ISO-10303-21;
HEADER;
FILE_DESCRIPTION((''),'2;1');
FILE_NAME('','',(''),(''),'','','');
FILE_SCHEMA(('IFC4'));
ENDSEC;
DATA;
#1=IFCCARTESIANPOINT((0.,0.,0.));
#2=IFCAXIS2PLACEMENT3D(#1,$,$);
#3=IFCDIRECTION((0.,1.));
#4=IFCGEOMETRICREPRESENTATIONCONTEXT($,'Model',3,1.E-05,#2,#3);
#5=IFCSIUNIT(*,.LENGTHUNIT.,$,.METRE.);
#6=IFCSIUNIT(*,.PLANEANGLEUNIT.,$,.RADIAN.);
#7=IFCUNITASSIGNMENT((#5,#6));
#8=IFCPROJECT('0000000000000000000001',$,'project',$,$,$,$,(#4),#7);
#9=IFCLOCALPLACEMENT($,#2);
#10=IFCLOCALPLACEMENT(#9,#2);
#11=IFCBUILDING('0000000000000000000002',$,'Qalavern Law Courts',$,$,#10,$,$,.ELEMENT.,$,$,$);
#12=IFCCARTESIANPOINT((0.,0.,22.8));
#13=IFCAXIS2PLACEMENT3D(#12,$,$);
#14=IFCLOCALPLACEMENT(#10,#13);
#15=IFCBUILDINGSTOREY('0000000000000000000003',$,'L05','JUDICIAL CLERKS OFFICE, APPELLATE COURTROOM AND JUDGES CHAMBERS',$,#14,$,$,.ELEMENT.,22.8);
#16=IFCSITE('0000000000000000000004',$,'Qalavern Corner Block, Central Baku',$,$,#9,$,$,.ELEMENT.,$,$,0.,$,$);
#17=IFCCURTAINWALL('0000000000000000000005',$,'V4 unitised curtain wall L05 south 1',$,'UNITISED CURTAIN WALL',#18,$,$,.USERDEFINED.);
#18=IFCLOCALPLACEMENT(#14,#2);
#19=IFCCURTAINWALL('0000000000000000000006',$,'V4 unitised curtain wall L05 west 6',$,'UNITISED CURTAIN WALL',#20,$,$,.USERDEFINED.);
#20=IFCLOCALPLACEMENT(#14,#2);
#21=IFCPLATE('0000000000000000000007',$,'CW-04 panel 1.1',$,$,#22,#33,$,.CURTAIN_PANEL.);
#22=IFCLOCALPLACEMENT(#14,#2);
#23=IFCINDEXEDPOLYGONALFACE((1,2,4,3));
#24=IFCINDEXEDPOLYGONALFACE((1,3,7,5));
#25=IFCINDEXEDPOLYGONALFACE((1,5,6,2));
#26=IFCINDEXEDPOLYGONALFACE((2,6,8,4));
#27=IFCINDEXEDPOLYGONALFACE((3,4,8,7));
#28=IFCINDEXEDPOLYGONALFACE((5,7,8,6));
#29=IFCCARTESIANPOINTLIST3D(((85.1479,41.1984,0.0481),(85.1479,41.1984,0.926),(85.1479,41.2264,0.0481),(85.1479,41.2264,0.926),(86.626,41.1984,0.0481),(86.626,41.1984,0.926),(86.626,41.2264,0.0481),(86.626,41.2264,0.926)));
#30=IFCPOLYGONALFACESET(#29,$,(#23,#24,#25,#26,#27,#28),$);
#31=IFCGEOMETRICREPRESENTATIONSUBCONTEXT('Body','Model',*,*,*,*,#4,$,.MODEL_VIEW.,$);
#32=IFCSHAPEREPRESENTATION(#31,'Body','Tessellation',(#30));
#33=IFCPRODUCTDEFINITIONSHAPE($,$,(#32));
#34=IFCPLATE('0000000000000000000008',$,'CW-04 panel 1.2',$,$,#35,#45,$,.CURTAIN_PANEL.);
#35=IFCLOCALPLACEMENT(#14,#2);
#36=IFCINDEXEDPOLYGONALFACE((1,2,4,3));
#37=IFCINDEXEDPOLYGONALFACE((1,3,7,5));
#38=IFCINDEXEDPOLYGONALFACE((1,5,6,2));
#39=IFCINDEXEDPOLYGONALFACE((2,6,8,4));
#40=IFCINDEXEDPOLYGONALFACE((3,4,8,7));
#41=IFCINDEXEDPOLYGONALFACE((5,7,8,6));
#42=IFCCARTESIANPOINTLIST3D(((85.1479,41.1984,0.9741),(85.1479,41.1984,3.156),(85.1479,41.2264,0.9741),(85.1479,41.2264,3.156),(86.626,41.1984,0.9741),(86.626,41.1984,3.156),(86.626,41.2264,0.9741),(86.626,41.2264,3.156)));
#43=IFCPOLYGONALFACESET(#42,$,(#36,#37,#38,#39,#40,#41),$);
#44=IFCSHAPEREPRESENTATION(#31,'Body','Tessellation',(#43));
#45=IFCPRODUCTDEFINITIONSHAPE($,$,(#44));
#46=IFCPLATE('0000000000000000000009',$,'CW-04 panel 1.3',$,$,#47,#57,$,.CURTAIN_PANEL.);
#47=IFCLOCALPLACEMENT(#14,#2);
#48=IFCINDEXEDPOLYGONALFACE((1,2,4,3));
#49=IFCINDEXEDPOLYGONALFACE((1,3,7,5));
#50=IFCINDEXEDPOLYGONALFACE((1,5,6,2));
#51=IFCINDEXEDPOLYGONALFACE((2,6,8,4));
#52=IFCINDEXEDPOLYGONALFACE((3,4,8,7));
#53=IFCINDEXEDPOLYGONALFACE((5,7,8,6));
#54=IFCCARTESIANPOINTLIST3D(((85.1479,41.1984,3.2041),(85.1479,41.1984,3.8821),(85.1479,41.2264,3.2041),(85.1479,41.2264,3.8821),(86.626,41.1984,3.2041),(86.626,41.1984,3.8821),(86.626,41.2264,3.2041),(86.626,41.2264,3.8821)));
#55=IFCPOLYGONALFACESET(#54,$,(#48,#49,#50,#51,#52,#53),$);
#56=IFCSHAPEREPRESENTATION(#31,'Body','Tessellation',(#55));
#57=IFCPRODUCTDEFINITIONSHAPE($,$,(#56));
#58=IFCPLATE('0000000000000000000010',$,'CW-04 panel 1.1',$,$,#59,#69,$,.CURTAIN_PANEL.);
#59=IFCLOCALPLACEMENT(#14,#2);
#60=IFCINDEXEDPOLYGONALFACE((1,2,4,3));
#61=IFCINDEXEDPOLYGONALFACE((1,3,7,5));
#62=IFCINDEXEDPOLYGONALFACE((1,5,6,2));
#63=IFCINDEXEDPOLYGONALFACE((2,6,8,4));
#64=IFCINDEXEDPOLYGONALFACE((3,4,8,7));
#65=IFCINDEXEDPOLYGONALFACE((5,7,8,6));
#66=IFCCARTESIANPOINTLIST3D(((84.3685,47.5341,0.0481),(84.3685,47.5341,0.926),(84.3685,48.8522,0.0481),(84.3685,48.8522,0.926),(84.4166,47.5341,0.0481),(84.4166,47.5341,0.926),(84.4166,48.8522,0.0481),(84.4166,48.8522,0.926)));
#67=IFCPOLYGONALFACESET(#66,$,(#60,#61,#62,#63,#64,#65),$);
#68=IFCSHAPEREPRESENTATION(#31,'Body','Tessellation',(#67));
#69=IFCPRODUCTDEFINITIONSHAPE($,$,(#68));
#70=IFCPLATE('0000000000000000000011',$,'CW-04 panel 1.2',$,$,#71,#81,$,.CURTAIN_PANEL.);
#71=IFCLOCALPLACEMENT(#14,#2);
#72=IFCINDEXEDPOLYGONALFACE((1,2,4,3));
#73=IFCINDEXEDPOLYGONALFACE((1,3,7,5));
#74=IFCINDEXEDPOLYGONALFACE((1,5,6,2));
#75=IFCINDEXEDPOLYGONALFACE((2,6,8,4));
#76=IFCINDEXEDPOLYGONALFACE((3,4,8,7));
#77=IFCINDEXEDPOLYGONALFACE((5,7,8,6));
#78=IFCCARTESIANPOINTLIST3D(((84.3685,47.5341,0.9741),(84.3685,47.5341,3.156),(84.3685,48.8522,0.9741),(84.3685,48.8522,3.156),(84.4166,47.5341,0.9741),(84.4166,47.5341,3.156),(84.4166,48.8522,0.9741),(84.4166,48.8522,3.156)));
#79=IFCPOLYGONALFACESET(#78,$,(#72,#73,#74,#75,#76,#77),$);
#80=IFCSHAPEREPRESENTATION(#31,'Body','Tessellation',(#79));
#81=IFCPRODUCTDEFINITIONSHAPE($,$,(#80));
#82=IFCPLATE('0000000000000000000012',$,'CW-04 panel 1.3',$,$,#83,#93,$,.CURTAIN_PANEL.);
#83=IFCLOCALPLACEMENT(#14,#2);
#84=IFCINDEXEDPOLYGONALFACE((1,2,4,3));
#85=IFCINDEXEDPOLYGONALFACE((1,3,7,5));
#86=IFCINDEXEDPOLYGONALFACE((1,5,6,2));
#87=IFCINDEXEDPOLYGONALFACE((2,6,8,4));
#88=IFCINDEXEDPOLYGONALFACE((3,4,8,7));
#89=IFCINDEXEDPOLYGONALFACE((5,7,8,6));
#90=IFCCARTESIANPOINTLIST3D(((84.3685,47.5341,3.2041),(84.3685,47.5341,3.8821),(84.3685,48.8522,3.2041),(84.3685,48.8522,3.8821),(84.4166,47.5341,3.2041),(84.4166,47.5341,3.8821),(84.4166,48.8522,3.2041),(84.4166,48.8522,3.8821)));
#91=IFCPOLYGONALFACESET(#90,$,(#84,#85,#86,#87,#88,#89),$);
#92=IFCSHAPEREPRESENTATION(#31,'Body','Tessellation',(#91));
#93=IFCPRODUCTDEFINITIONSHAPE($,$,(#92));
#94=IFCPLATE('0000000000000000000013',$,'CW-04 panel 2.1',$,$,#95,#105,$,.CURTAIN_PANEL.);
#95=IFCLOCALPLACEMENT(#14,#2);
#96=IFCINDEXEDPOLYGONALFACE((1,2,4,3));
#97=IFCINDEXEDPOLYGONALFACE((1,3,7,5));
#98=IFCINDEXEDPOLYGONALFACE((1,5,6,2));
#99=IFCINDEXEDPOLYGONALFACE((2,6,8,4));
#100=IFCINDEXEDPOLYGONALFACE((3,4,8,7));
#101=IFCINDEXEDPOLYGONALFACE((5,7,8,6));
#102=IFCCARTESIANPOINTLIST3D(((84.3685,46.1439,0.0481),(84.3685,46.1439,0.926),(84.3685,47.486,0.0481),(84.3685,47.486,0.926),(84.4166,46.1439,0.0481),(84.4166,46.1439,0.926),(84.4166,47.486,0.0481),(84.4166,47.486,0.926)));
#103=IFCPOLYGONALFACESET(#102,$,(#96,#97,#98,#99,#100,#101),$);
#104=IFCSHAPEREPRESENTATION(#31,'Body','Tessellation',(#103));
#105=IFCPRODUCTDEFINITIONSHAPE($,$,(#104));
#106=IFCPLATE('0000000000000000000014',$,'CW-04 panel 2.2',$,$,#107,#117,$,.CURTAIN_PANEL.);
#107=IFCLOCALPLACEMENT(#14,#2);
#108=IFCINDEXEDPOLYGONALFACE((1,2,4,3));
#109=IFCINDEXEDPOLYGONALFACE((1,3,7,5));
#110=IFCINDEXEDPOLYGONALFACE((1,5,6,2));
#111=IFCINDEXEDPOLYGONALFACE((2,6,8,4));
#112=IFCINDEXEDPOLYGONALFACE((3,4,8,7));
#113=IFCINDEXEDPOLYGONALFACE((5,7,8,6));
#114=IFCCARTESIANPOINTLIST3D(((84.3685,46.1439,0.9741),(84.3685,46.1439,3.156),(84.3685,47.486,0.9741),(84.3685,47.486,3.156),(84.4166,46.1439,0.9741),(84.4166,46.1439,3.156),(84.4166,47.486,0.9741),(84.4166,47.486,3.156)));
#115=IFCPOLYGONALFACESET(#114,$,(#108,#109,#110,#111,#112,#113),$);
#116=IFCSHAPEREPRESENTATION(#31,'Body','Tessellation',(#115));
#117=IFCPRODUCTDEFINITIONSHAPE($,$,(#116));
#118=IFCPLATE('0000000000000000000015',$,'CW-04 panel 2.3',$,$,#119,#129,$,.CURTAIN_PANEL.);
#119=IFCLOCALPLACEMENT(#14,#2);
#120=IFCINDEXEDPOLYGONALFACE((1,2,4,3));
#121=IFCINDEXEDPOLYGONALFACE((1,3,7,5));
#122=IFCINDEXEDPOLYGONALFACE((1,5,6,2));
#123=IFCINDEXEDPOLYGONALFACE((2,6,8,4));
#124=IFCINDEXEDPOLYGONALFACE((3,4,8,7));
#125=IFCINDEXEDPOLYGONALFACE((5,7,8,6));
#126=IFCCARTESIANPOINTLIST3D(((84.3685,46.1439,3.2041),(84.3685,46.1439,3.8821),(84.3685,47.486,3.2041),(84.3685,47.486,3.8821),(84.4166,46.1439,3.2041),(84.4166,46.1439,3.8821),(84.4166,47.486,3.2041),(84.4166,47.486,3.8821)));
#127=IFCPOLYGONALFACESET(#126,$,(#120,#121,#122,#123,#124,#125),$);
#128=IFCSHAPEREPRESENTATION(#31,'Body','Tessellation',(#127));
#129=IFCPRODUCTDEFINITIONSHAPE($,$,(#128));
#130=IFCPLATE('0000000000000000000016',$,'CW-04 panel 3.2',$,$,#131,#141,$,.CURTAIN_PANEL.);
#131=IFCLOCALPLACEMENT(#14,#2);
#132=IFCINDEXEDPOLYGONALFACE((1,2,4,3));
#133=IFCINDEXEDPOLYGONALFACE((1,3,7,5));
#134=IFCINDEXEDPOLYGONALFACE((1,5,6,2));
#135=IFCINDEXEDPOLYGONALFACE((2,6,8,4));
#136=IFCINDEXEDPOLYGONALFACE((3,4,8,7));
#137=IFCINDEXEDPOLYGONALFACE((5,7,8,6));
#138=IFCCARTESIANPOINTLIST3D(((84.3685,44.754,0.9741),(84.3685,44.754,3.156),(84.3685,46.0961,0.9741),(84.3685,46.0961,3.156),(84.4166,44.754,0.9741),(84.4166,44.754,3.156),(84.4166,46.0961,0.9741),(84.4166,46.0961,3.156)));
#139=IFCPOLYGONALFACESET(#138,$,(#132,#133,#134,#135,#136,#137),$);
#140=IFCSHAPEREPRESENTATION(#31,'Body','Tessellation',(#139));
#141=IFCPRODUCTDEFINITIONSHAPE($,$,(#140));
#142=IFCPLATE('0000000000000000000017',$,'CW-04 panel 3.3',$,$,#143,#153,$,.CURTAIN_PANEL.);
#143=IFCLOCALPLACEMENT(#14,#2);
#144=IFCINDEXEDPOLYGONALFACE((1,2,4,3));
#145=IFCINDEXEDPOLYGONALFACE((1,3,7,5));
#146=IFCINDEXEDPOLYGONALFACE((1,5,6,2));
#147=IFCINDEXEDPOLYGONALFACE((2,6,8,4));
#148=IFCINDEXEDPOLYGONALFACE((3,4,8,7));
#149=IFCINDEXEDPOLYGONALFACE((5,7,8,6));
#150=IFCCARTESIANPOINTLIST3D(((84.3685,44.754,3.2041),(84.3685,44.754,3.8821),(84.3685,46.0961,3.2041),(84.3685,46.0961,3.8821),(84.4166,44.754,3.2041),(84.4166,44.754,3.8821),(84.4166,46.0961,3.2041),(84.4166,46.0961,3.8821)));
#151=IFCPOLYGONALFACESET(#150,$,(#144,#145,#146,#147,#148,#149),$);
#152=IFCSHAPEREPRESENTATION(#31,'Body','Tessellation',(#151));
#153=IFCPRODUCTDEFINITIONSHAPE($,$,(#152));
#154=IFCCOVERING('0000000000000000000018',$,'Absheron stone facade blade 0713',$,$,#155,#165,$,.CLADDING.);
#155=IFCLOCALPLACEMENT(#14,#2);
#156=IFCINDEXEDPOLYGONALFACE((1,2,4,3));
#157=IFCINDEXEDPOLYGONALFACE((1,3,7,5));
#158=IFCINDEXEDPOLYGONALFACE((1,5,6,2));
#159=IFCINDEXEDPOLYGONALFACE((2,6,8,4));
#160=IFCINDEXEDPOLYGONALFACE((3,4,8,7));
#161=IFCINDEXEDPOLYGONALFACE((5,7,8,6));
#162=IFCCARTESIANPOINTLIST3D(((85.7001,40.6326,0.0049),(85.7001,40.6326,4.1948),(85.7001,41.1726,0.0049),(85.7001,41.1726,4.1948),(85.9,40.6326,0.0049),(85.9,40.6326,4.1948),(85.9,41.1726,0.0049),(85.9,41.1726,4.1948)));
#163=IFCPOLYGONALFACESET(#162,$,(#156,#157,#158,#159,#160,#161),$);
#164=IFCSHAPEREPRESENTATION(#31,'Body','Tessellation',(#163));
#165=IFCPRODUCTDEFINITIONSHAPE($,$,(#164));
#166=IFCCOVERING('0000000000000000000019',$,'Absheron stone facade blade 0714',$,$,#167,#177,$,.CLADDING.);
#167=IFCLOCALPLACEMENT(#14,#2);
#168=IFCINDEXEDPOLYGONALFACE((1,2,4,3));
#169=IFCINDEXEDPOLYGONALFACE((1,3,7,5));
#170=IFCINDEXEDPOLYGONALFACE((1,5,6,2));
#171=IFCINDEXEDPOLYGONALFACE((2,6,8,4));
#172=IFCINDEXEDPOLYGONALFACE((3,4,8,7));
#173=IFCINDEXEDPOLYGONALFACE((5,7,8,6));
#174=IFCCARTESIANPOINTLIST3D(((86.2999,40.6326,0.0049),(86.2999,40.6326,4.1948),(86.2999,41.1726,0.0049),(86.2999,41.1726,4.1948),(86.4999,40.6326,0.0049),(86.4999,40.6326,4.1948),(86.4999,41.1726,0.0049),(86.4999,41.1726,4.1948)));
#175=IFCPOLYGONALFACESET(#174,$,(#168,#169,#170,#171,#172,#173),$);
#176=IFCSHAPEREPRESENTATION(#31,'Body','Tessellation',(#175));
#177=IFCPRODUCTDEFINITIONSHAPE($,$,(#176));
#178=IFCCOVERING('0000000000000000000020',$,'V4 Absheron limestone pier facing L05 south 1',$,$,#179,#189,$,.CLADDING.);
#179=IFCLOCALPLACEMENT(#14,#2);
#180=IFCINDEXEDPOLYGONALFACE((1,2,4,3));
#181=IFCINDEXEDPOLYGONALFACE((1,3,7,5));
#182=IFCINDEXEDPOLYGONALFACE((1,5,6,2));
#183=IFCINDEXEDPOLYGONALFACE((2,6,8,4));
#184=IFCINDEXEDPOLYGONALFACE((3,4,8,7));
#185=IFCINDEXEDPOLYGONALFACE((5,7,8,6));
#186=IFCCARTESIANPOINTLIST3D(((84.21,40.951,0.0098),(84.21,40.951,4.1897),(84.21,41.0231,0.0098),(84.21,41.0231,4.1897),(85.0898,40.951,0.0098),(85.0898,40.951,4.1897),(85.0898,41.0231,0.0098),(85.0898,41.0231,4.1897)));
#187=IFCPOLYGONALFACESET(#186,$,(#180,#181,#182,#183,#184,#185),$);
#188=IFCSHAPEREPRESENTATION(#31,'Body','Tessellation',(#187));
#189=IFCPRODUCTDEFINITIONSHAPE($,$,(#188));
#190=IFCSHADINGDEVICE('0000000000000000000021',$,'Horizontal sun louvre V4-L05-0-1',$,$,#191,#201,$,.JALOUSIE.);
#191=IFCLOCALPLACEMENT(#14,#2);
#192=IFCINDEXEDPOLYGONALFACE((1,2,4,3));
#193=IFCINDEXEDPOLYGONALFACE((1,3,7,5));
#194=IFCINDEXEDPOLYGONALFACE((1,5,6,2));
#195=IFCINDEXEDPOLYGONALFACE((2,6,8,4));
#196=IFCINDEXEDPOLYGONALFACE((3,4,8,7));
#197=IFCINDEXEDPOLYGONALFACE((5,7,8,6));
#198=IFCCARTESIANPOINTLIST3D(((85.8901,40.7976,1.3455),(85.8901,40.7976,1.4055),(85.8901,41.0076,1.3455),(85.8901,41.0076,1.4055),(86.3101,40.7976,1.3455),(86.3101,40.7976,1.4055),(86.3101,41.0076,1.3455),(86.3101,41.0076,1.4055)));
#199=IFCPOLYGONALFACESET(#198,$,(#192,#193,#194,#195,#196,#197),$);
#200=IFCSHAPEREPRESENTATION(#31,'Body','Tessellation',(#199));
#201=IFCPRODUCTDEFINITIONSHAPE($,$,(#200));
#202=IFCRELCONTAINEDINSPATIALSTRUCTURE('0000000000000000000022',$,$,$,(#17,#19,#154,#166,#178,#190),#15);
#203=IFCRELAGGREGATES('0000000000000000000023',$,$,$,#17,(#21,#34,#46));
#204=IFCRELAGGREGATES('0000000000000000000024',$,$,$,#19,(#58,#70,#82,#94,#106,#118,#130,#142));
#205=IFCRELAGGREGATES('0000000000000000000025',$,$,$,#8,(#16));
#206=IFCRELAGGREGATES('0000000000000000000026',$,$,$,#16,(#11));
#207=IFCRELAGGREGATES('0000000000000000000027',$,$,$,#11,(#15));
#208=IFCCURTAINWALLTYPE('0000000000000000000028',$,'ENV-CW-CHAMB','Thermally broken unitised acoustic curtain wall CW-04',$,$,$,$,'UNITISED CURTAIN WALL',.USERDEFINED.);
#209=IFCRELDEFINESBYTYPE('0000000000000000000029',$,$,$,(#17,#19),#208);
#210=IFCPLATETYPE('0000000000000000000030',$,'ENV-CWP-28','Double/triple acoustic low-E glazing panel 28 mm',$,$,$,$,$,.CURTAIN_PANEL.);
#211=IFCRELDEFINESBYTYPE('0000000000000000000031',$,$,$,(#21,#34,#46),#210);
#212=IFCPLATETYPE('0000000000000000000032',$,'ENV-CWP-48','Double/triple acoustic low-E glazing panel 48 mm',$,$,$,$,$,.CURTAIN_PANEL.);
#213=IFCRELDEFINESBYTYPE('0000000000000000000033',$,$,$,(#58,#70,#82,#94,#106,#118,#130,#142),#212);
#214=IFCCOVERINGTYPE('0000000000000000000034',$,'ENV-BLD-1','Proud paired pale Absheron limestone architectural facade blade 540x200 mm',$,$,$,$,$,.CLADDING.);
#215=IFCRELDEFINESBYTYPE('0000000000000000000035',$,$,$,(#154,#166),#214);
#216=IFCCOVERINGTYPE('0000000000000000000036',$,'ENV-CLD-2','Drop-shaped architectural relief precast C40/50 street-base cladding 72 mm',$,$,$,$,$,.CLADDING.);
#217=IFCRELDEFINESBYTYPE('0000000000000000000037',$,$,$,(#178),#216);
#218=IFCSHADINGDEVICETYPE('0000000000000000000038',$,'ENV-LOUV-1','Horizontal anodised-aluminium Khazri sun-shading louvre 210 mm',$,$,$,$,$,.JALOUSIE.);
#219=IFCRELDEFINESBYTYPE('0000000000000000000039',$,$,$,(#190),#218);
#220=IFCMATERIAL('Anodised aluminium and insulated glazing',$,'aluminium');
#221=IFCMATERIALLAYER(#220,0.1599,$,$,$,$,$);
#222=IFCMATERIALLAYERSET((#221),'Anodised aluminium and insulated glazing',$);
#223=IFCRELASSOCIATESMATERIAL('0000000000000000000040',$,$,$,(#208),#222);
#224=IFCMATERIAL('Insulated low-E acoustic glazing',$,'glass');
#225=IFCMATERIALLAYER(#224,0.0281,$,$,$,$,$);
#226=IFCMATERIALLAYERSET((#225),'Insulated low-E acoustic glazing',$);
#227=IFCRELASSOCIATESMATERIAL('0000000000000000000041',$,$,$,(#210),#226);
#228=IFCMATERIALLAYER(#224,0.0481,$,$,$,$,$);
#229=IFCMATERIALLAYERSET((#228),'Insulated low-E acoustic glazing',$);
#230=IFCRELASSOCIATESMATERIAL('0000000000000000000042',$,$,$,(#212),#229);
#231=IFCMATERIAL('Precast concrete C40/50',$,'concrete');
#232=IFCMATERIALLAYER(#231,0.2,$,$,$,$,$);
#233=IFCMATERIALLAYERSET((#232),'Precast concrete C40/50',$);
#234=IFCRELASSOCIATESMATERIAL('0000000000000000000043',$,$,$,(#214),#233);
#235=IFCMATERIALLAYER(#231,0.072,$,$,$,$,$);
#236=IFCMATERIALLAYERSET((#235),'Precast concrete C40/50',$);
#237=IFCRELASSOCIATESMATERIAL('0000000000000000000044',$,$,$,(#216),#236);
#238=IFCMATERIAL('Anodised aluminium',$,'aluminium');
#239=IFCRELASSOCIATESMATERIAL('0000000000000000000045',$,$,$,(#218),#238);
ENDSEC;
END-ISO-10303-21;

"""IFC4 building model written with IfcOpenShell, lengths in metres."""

from ifc_helpers import new_model, si_unit, direction, frame, origin, origin_2d, place, context, subcontext, project, spatial, rectangle, extrude, material, layer, layer_set, type_object, element, aggregate, save


model = new_model("IFC4")

# Units and contexts
model_context = context("Model", 3, precision=1e-05, world=origin(), true_north=direction((0.0, 1.0)))
body_context = subcontext(model_context, "Body", "Model", "MODEL_VIEW")
ifc_project = project(units=[si_unit("LENGTHUNIT", "METRE"), si_unit("PLANEANGLEUNIT", "RADIAN")], contexts=[model_context])

# Site, building, storey
site_placement = place(None, origin())
site = spatial("IfcSite", under=ifc_project, at=site_placement, Name="Qalavern Corner Block, Central Baku", CompositionType="ELEMENT", RefElevation=0.0)
building_placement = place(site_placement, origin())
building = spatial("IfcBuilding", under=site, at=building_placement, Name="Qalavern Law Courts", CompositionType="ELEMENT")
storey_placement = place(building_placement, frame((0.0, 0.0, 22.8)))
storey = spatial("IfcBuildingStorey", under=building, at=storey_placement, Name="L05", Description="JUDICIAL CLERKS OFFICE, APPELLATE COURTROOM AND JUDGES CHAMBERS", CompositionType="ELEMENT", Elevation=22.8)

# Curtain wall
ifc_material_1 = material(Name="Anodised aluminium and insulated glazing", Category="aluminium")
ifc_layer_1 = layer(ifc_material_1, 0.1599)
ifc_layer_set_1 = layer_set([ifc_layer_1], Name="Anodised aluminium and insulated glazing")
curtain_wall_type = type_object("IfcCurtainWallType", Name="ENV-CW-CHAMB", Description="Thermally broken unitised acoustic curtain wall CW-04", ElementType="UNITISED CURTAIN WALL", PredefinedType="USERDEFINED", material=ifc_layer_set_1)
curtain_wall_1_placement = place(storey_placement, origin())
curtain_wall_1 = element("IfcCurtainWall", 1, at=curtain_wall_1_placement, inside=storey, type_object=curtain_wall_type, Name="V4 unitised curtain wall L05 south 1", ObjectType="UNITISED CURTAIN WALL", PredefinedType="USERDEFINED")
ifc_material_2 = material(Name="Anodised aluminium", Category="aluminium")

# Curtain wall
curtain_wall_2_placement = place(storey_placement, origin())
curtain_wall_2 = element("IfcCurtainWall", 2, at=curtain_wall_2_placement, inside=storey, type_object=curtain_wall_type, Name="V4 unitised curtain wall L05 west 6", ObjectType="UNITISED CURTAIN WALL", PredefinedType="USERDEFINED")

# Plates
ifc_material_3 = material(Name="Insulated low-E acoustic glazing", Category="glass")
ifc_layer_2 = layer(ifc_material_3, 0.0281)
ifc_layer_set_2 = layer_set([ifc_layer_2], Name="Insulated low-E acoustic glazing")
plate_type_1 = type_object("IfcPlateType", Name="ENV-CWP-28", Description="Double/triple acoustic low-E glazing panel 28 mm", PredefinedType="CURTAIN_PANEL", material=ifc_layer_set_2)
plate_1_placement = place(storey_placement, frame((85.887, 41.2124, 0.0481), z_axis=(0.0, 0.0, 1.0), x_axis=(1.0, 0.0, 0.0)))
plate_1 = element("IfcPlate", 3, at=plate_1_placement, type_object=plate_type_1, Name="CW-04 panel 1.1", PredefinedType="CURTAIN_PANEL", context=body_context, shape_type="SweptSolid", body=[
    extrude(rectangle(XDim=1.478, YDim=0.0281, at=origin_2d()), origin(), (0.0, 0.0, 1.0), 0.8779),
])
plate_2_placement = place(storey_placement, frame((85.887, 41.2124, 0.9741), z_axis=(0.0, 0.0, 1.0), x_axis=(1.0, 0.0, 0.0)))
plate_2 = element("IfcPlate", 4, at=plate_2_placement, type_object=plate_type_1, Name="CW-04 panel 1.2", PredefinedType="CURTAIN_PANEL", context=body_context, shape_type="SweptSolid", body=[
    extrude(rectangle(XDim=1.478, YDim=0.0281, at=origin_2d()), origin(), (0.0, 0.0, 1.0), 2.1819),
])
plate_3_placement = place(storey_placement, frame((85.887, 41.2124, 3.2041), z_axis=(0.0, 0.0, 1.0), x_axis=(1.0, 0.0, 0.0)))
plate_3 = element("IfcPlate", 5, at=plate_3_placement, type_object=plate_type_1, Name="CW-04 panel 1.3", PredefinedType="CURTAIN_PANEL", context=body_context, shape_type="SweptSolid", body=[
    extrude(rectangle(XDim=1.478, YDim=0.0281, at=origin_2d()), origin(), (0.0, 0.0, 1.0), 0.678),
])
aggregate(curtain_wall_1, [plate_1, plate_2, plate_3])
ifc_layer_3 = layer(ifc_material_3, 0.0481)
ifc_layer_set_3 = layer_set([ifc_layer_3], Name="Insulated low-E acoustic glazing")
plate_type_2 = type_object("IfcPlateType", Name="ENV-CWP-48", Description="Double/triple acoustic low-E glazing panel 48 mm", PredefinedType="CURTAIN_PANEL", material=ifc_layer_set_3)
plate_4_placement = place(storey_placement, frame((84.3926, 48.1931, 0.0481), z_axis=(0.0, 0.0, 1.0), x_axis=(0.0, -1.0, 0.0)))
plate_4 = element("IfcPlate", 6, at=plate_4_placement, type_object=plate_type_2, Name="CW-04 panel 1.1", PredefinedType="CURTAIN_PANEL", context=body_context, shape_type="SweptSolid", body=[
    extrude(rectangle(XDim=1.3181, YDim=0.0481, at=origin_2d()), origin(), (0.0, 0.0, 1.0), 0.8779),
])
plate_5_placement = place(storey_placement, frame((84.3926, 48.1931, 0.9741), z_axis=(0.0, 0.0, 1.0), x_axis=(0.0, -1.0, 0.0)))
plate_5 = element("IfcPlate", 7, at=plate_5_placement, type_object=plate_type_2, Name="CW-04 panel 1.2", PredefinedType="CURTAIN_PANEL", context=body_context, shape_type="SweptSolid", body=[
    extrude(rectangle(XDim=1.3181, YDim=0.0481, at=origin_2d()), origin(), (0.0, 0.0, 1.0), 2.1819),
])
plate_6_placement = place(storey_placement, frame((84.3926, 48.1931, 3.2041), z_axis=(0.0, 0.0, 1.0), x_axis=(0.0, -1.0, 0.0)))
plate_6 = element("IfcPlate", 8, at=plate_6_placement, type_object=plate_type_2, Name="CW-04 panel 1.3", PredefinedType="CURTAIN_PANEL", context=body_context, shape_type="SweptSolid", body=[
    extrude(rectangle(XDim=1.3181, YDim=0.0481, at=origin_2d()), origin(), (0.0, 0.0, 1.0), 0.678),
])
plate_7_placement = place(storey_placement, frame((84.3926, 46.8149, 0.0481), z_axis=(0.0, 0.0, 1.0), x_axis=(0.0, -1.0, 0.0)))
plate_7 = element("IfcPlate", 9, at=plate_7_placement, type_object=plate_type_2, Name="CW-04 panel 2.1", PredefinedType="CURTAIN_PANEL", context=body_context, shape_type="SweptSolid", body=[
    extrude(rectangle(XDim=1.342, YDim=0.0481, at=origin_2d()), origin(), (0.0, 0.0, 1.0), 0.8779),
])
plate_8_placement = place(storey_placement, frame((84.3926, 46.8149, 0.9741), z_axis=(0.0, 0.0, 1.0), x_axis=(0.0, -1.0, 0.0)))
plate_8 = element("IfcPlate", 10, at=plate_8_placement, type_object=plate_type_2, Name="CW-04 panel 2.2", PredefinedType="CURTAIN_PANEL", context=body_context, shape_type="SweptSolid", body=[
    extrude(rectangle(XDim=1.342, YDim=0.0481, at=origin_2d()), origin(), (0.0, 0.0, 1.0), 2.1819),
])
plate_9_placement = place(storey_placement, frame((84.3926, 46.8149, 3.2041), z_axis=(0.0, 0.0, 1.0), x_axis=(0.0, -1.0, 0.0)))
plate_9 = element("IfcPlate", 11, at=plate_9_placement, type_object=plate_type_2, Name="CW-04 panel 2.3", PredefinedType="CURTAIN_PANEL", context=body_context, shape_type="SweptSolid", body=[
    extrude(rectangle(XDim=1.342, YDim=0.0481, at=origin_2d()), origin(), (0.0, 0.0, 1.0), 0.678),
])
plate_10_placement = place(storey_placement, frame((84.3926, 45.425, 0.9741), z_axis=(0.0, 0.0, 1.0), x_axis=(0.0, -1.0, 0.0)))
plate_10 = element("IfcPlate", 12, at=plate_10_placement, type_object=plate_type_2, Name="CW-04 panel 3.2", PredefinedType="CURTAIN_PANEL", context=body_context, shape_type="SweptSolid", body=[
    extrude(rectangle(XDim=1.342, YDim=0.0481, at=origin_2d()), origin(), (0.0, 0.0, 1.0), 2.1819),
])
plate_11_placement = place(storey_placement, frame((84.3926, 45.425, 3.2041), z_axis=(0.0, 0.0, 1.0), x_axis=(0.0, -1.0, 0.0)))
plate_11 = element("IfcPlate", 13, at=plate_11_placement, type_object=plate_type_2, Name="CW-04 panel 3.3", PredefinedType="CURTAIN_PANEL", context=body_context, shape_type="SweptSolid", body=[
    extrude(rectangle(XDim=1.342, YDim=0.0481, at=origin_2d()), origin(), (0.0, 0.0, 1.0), 0.678),
])
aggregate(curtain_wall_2, [plate_4, plate_5, plate_6, plate_7, plate_8, plate_9, plate_10, plate_11])

# Coverings
ifc_material_4 = material(Name="Precast concrete C40/50", Category="concrete")
ifc_layer_4 = layer(ifc_material_4, 0.2)
ifc_layer_set_4 = layer_set([ifc_layer_4], Name="Precast concrete C40/50")
covering_type_1 = type_object("IfcCoveringType", Name="ENV-BLD-1", Description="Proud paired pale Absheron limestone architectural facade blade 540x200 mm", PredefinedType="CLADDING", material=ifc_layer_set_4)
for number, where, z_axis, x_axis, name in (
    (14, (85.8, 40.9026, 0.0049), (0.0, 0.0, 1.0), (0.0, -1.0, 0.0), "Absheron stone facade blade 0713"),
    (15, (86.3999, 40.9026, 0.0049), (0.0, 0.0, 1.0), (0.0, -1.0, 0.0), "Absheron stone facade blade 0714"),
):
    element("IfcCovering", number, at=place(storey_placement, frame(where, z_axis=z_axis, x_axis=x_axis)), inside=storey, type_object=covering_type_1, Name=name, PredefinedType="CLADDING", context=body_context, shape_type="SweptSolid", body=[
        extrude(rectangle(XDim=0.54, YDim=0.2, at=origin_2d()), origin(), (0.0, 0.0, 1.0), 4.1899),
    ])
ifc_layer_5 = layer(ifc_material_4, 0.072)
ifc_layer_set_5 = layer_set([ifc_layer_5], Name="Precast concrete C40/50")
covering_type_2 = type_object("IfcCoveringType", Name="ENV-CLD-2", Description="Drop-shaped architectural relief precast C40/50 street-base cladding 72 mm", PredefinedType="CLADDING", material=ifc_layer_set_5)
covering_placement = place(storey_placement, frame((84.6499, 40.9871, 0.0098), z_axis=(0.0, 0.0, 1.0), x_axis=(1.0, 0.0, 0.0)))
element("IfcCovering", 16, at=covering_placement, inside=storey, type_object=covering_type_2, Name="V4 Absheron limestone pier facing L05 south 1", PredefinedType="CLADDING", context=body_context, shape_type="SweptSolid", body=[
    extrude(rectangle(XDim=0.8799, YDim=0.072, at=origin_2d()), origin(), (0.0, 0.0, 1.0), 4.1799),
])

# Shading device
shading_device_type = type_object("IfcShadingDeviceType", Name="ENV-LOUV-1", Description="Horizontal anodised-aluminium Khazri sun-shading louvre 210 mm", PredefinedType="JALOUSIE", material=ifc_material_2)
for number, where, z_axis, x_axis, name in (
    (17, (86.1001, 40.9026, 1.3455), (0.0, 0.0, 1.0), (1.0, 0.0, 0.0), "Horizontal sun louvre V4-L05-0-1"),
):
    element("IfcShadingDevice", number, at=place(storey_placement, frame(where, z_axis=z_axis, x_axis=x_axis)), inside=storey, type_object=shading_device_type, Name=name, PredefinedType="JALOUSIE", context=body_context, shape_type="SweptSolid", body=[
        extrude(rectangle(XDim=0.4199, YDim=0.21, at=origin_2d()), origin(), (0.0, 0.0, 1.0), 0.0601),
    ])

save(model, "model.ifc")
